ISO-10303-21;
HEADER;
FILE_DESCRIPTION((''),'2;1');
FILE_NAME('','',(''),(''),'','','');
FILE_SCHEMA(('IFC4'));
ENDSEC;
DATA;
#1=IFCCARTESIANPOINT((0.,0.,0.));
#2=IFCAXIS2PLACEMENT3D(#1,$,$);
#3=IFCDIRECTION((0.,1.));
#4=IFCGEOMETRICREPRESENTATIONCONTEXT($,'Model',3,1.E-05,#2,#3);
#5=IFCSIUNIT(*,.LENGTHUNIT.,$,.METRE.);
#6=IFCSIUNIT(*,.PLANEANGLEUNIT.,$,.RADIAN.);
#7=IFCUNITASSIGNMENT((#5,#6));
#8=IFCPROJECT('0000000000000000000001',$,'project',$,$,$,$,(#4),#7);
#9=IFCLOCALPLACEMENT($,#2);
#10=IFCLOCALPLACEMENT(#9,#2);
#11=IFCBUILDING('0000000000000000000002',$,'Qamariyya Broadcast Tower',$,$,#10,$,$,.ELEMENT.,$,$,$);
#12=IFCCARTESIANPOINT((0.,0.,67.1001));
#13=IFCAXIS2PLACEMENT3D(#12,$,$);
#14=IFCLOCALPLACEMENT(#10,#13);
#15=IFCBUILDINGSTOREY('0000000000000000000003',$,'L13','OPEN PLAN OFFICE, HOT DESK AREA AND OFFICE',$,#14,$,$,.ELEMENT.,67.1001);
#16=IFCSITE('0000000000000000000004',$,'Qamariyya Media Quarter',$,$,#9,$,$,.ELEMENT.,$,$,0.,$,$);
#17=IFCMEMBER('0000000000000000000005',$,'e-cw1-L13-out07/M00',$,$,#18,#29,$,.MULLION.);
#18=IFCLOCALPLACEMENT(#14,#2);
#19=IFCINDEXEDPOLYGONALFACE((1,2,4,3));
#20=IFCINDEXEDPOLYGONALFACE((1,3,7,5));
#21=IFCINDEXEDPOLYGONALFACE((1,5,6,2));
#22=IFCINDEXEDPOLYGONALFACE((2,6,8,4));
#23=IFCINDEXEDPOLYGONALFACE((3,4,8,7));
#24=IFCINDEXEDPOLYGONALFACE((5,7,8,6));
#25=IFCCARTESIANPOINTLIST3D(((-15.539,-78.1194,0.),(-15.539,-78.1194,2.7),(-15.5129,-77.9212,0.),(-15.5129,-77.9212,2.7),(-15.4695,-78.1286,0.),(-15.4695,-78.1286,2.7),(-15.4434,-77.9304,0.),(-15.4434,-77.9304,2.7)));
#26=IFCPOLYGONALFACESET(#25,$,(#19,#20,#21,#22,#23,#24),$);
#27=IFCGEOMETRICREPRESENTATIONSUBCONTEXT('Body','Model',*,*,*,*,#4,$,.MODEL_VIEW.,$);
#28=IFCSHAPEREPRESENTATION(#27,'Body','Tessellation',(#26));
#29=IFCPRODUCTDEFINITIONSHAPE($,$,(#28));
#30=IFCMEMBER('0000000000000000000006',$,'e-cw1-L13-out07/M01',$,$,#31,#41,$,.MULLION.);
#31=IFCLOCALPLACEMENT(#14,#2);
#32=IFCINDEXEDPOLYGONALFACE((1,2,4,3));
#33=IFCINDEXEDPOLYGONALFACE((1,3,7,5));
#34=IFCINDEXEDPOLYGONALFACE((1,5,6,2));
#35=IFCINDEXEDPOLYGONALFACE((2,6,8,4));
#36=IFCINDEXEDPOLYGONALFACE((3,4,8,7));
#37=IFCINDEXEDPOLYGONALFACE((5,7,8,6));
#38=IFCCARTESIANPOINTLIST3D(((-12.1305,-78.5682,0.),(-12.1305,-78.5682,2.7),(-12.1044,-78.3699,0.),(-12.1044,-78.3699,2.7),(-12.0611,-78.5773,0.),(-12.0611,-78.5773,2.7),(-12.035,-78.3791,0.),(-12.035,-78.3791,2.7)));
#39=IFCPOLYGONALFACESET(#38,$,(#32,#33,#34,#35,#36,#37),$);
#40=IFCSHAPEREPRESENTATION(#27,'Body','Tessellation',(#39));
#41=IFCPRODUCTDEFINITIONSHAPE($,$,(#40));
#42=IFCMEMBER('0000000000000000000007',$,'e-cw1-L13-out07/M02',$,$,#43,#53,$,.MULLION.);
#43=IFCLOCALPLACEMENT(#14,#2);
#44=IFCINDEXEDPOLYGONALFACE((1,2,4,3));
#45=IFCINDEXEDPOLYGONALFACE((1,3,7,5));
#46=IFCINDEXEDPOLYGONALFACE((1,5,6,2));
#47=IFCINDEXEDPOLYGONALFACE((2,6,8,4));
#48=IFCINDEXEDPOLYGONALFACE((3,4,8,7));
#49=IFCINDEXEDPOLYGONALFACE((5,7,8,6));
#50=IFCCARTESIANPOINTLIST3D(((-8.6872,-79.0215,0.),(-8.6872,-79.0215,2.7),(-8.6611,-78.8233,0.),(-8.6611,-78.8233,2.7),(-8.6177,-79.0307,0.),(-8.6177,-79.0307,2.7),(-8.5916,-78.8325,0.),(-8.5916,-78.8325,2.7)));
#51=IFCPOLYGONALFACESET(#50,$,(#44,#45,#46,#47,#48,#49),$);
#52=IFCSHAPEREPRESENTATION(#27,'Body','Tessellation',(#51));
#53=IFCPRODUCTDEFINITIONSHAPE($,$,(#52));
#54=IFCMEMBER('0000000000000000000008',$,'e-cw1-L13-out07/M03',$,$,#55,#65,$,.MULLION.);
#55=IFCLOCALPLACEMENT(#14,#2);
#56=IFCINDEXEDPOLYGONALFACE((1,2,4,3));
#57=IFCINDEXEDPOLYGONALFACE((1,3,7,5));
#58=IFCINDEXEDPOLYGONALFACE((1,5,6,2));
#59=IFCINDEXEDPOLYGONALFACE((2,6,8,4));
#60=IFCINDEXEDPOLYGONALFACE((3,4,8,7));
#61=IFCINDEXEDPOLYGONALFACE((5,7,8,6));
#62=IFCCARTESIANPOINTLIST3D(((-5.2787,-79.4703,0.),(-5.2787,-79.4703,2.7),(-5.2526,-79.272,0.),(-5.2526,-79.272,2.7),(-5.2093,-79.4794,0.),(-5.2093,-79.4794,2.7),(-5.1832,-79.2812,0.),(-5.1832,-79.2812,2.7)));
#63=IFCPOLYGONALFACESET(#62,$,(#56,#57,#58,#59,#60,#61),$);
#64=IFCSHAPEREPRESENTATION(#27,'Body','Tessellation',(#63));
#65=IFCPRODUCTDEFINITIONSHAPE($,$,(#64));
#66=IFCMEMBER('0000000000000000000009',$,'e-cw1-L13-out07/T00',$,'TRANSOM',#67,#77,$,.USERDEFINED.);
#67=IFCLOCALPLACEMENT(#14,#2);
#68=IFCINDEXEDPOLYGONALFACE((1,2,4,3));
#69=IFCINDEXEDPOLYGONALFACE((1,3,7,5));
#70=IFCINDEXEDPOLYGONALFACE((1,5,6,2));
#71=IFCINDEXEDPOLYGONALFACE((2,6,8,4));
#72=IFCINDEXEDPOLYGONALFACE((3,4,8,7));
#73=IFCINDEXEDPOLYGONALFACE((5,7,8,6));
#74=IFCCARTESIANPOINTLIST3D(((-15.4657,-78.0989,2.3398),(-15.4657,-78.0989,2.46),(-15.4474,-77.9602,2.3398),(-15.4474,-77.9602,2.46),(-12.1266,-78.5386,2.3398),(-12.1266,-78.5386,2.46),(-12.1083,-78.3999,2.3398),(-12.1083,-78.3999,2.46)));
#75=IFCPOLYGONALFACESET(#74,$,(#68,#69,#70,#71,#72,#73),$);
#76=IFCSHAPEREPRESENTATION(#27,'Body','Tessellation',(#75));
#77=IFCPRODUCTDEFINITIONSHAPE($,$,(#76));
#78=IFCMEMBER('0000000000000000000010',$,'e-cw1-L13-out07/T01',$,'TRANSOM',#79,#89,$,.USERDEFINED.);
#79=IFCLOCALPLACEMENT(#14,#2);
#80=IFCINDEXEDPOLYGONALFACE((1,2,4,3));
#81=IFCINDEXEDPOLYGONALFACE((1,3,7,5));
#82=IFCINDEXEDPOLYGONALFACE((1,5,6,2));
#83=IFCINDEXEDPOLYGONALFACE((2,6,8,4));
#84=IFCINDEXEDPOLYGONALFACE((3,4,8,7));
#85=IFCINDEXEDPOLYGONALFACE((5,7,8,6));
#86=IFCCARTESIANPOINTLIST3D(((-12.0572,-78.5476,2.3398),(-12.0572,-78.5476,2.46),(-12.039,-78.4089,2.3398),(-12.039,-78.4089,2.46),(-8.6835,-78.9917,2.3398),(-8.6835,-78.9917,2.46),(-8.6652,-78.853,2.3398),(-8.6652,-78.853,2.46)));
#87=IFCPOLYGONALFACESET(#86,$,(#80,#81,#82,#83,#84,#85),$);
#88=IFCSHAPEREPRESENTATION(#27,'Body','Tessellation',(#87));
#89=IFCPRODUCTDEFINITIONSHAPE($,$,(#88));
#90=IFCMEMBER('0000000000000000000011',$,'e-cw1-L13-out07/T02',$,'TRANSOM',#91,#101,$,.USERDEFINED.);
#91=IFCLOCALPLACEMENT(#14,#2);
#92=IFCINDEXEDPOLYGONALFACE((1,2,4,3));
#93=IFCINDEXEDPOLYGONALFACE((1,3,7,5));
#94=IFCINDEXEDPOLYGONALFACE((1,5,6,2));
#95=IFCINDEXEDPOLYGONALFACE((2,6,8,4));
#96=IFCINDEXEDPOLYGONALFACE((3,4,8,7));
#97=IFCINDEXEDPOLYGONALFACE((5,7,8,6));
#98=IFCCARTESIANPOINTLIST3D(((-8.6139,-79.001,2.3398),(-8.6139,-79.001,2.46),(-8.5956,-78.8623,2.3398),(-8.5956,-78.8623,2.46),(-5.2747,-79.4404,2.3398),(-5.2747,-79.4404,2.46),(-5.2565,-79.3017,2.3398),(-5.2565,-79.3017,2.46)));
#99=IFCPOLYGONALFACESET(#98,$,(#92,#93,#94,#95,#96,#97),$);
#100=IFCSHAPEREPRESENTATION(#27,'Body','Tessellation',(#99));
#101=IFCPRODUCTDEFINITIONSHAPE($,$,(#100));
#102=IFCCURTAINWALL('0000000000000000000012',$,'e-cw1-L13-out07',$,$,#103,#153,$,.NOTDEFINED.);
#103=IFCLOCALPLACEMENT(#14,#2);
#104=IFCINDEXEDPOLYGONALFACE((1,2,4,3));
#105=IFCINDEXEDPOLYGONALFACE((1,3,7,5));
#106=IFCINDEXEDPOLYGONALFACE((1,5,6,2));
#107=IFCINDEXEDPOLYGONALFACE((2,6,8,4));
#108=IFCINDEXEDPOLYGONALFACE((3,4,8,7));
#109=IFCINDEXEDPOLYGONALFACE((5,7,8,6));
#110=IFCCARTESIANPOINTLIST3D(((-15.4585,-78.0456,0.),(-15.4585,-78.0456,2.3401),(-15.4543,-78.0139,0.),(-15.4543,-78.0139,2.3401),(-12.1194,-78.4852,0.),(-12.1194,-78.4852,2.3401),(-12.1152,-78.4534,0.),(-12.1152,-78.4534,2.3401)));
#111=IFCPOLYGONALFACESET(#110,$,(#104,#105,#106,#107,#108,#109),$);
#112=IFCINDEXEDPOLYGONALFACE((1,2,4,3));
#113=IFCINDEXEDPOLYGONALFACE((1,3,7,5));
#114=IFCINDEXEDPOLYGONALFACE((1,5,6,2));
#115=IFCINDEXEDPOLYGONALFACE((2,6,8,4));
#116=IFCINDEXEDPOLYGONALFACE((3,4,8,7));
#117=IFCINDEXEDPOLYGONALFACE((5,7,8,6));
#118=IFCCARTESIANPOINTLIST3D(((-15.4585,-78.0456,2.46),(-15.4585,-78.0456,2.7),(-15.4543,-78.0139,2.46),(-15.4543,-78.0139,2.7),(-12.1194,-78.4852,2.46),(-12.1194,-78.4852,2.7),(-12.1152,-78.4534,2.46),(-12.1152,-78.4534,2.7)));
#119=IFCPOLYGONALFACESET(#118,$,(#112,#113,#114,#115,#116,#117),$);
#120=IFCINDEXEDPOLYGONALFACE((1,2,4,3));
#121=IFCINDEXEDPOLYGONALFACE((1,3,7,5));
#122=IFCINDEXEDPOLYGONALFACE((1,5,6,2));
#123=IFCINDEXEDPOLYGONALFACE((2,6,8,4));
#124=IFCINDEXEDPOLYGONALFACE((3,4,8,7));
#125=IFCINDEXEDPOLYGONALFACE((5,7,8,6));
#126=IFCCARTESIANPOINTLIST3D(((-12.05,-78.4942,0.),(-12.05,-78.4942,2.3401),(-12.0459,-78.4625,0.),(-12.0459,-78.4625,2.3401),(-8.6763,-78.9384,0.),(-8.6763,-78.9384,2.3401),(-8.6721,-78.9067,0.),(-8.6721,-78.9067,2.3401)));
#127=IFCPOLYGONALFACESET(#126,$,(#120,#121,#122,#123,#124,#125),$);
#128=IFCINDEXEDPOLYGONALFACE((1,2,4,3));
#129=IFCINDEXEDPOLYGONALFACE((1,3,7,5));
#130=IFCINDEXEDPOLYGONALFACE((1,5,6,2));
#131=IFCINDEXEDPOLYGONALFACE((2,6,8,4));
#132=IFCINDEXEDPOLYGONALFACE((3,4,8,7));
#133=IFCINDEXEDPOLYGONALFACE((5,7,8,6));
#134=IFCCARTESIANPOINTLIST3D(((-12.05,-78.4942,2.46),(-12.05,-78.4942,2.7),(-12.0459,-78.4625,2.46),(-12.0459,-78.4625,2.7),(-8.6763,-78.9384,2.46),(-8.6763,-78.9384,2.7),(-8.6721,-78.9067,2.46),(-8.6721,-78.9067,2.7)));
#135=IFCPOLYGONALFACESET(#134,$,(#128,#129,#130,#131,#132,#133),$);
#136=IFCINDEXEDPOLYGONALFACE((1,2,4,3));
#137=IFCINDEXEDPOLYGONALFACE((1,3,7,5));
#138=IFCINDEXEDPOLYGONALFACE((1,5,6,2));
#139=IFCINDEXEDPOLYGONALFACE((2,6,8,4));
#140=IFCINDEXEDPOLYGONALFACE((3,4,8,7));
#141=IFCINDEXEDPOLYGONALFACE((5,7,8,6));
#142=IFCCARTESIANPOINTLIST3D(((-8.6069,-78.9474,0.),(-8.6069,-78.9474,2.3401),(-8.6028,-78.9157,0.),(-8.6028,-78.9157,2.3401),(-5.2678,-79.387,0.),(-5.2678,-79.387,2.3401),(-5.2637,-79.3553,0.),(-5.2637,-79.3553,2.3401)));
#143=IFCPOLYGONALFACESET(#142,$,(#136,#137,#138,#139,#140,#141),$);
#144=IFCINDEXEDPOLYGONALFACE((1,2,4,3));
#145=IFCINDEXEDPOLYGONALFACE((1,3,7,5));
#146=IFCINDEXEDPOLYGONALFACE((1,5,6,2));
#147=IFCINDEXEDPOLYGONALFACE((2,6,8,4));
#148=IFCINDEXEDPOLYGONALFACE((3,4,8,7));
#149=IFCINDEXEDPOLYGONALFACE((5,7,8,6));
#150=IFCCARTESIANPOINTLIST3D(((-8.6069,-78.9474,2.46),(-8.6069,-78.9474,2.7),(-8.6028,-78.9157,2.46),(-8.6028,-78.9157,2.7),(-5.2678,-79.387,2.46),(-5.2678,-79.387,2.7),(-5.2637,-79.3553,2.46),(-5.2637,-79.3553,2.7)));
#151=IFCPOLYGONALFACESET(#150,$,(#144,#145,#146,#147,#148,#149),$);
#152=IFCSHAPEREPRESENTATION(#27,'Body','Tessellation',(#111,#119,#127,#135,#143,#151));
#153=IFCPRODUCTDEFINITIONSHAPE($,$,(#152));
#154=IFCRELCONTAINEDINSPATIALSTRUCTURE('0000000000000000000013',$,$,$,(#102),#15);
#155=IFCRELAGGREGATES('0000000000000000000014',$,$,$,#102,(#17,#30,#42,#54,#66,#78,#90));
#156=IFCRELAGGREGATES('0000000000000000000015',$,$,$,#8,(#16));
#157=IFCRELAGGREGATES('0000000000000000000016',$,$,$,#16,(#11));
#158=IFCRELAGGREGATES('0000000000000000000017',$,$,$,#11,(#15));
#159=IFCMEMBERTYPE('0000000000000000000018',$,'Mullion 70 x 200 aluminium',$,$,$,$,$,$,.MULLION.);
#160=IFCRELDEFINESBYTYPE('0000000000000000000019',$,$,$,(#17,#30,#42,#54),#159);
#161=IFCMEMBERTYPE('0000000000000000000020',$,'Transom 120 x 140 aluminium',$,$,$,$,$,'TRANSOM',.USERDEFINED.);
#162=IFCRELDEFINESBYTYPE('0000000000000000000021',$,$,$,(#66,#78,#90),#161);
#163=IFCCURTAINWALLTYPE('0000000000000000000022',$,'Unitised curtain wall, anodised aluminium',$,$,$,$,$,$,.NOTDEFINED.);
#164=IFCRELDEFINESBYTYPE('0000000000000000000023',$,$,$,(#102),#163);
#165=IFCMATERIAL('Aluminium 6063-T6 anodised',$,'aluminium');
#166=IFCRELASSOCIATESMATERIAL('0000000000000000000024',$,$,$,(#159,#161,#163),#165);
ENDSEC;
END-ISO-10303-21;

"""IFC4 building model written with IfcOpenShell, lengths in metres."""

from ifc_helpers import new_model, si_unit, direction, frame, origin, origin_2d, place, context, subcontext, project, spatial, rectangle, extrude, material, material_profile, profile_set, type_object, element, aggregate, save


model = new_model("IFC4")

# Units and contexts
model_context = context("Model", 3, precision=1e-05, world=origin(), true_north=direction((0.0, 1.0)))
body_context = subcontext(model_context, "Body", "Model", "MODEL_VIEW")
ifc_project = project(units=[si_unit("LENGTHUNIT", "METRE"), si_unit("PLANEANGLEUNIT", "RADIAN")], contexts=[model_context])

# Members
ifc_material = material(Name="Aluminium 6063-T6 anodised", Category="aluminium")
ifc_material_profile_1 = material_profile(ifc_material, rectangle(XDim=0.2, YDim=0.0701, at=origin_2d()))
ifc_profile_set_1 = profile_set([ifc_material_profile_1], Name="Aluminium 6063-T6 anodised")
member_type_1 = type_object("IfcMemberType", Name="Mullion 70 x 200 aluminium", PredefinedType="MULLION", material=ifc_profile_set_1)
site_placement = place(None, origin())
building_placement = place(site_placement, origin())
storey_placement = place(building_placement, frame((0.0, 0.0, 67.1001)))
member_1_placement = place(storey_placement, frame((-15.4912, -78.0249, 0.0), z_axis=(0.0, 0.0, 1.0), x_axis=(0.130526, 0.991445, 0.0)))
member_1 = element("IfcMember", 1, at=member_1_placement, type_object=member_type_1, Name="e-cw1-L13-out07/M00", PredefinedType="MULLION", context=body_context, shape_type="SweptSolid", body=[
    extrude(rectangle(XDim=0.2, YDim=0.0701, at=origin_2d()), origin(), (0.0, 0.0, 1.0), 2.7),
])
member_2_placement = place(storey_placement, frame((-12.0828, -78.4736, 0.0), z_axis=(0.0, 0.0, 1.0), x_axis=(0.130526, 0.991445, 0.0)))
member_2 = element("IfcMember", 2, at=member_2_placement, type_object=member_type_1, Name="e-cw1-L13-out07/M01", PredefinedType="MULLION", context=body_context, shape_type="SweptSolid", body=[
    extrude(rectangle(XDim=0.2, YDim=0.0701, at=origin_2d()), origin(), (0.0, 0.0, 1.0), 2.7),
])
member_3_placement = place(storey_placement, frame((-8.6394, -78.927, 0.0), z_axis=(0.0, 0.0, 1.0), x_axis=(0.130526, 0.991445, 0.0)))
member_3 = element("IfcMember", 3, at=member_3_placement, type_object=member_type_1, Name="e-cw1-L13-out07/M02", PredefinedType="MULLION", context=body_context, shape_type="SweptSolid", body=[
    extrude(rectangle(XDim=0.2, YDim=0.0701, at=origin_2d()), origin(), (0.0, 0.0, 1.0), 2.7),
])
member_4_placement = place(storey_placement, frame((-5.231, -79.3757, 0.0), z_axis=(0.0, 0.0, 1.0), x_axis=(0.130526, 0.991445, 0.0)))
member_4 = element("IfcMember", 4, at=member_4_placement, type_object=member_type_1, Name="e-cw1-L13-out07/M03", PredefinedType="MULLION", context=body_context, shape_type="SweptSolid", body=[
    extrude(rectangle(XDim=0.2, YDim=0.0701, at=origin_2d()), origin(), (0.0, 0.0, 1.0), 2.7),
])
ifc_material_profile_2 = material_profile(ifc_material, rectangle(XDim=0.1399, YDim=0.1201, at=origin_2d()))
ifc_profile_set_2 = profile_set([ifc_material_profile_2], Name="Aluminium 6063-T6 anodised")
member_type_2 = type_object("IfcMemberType", Name="Transom 120 x 140 aluminium", ElementType="TRANSOM", PredefinedType="USERDEFINED", material=ifc_profile_set_2)
member_5_placement = place(storey_placement, frame((-15.4565, -78.0295, 2.3999), z_axis=(0.991441, -0.130554, 0.0), x_axis=(0.130554, 0.991441, 0.0)))
member_5 = element("IfcMember", 5, at=member_5_placement, type_object=member_type_2, Name="e-cw1-L13-out07/T00", ObjectType="TRANSOM", PredefinedType="USERDEFINED", context=body_context, shape_type="SweptSolid", body=[
    extrude(rectangle(XDim=0.1399, YDim=0.1201, at=origin_2d()), origin(), (0.0, 0.0, 1.0), 3.3679),
])
member_6_placement = place(storey_placement, frame((-12.0481, -78.4783, 2.3999), z_axis=(0.991448, -0.130505, 0.0), x_axis=(0.130505, 0.991448, 0.0)))
member_6 = element("IfcMember", 6, at=member_6_placement, type_object=member_type_2, Name="e-cw1-L13-out07/T01", ObjectType="TRANSOM", PredefinedType="USERDEFINED", context=body_context, shape_type="SweptSolid", body=[
    extrude(rectangle(XDim=0.1399, YDim=0.1201, at=origin_2d()), origin(), (0.0, 0.0, 1.0), 3.4028),
])
member_7_placement = place(storey_placement, frame((-8.6047, -78.9316, 2.3999), z_axis=(0.991451, -0.130483, 0.0), x_axis=(0.130483, 0.991451, 0.0)))
member_7 = element("IfcMember", 7, at=member_7_placement, type_object=member_type_2, Name="e-cw1-L13-out07/T02", ObjectType="TRANSOM", PredefinedType="USERDEFINED", context=body_context, shape_type="SweptSolid", body=[
    extrude(rectangle(XDim=0.1399, YDim=0.1201, at=origin_2d()), origin(), (0.0, 0.0, 1.0), 3.3679),
])

# Site, building, storey
site = spatial("IfcSite", under=ifc_project, at=site_placement, Name="Qamariyya Media Quarter", CompositionType="ELEMENT", RefElevation=0.0)
building = spatial("IfcBuilding", under=site, at=building_placement, Name="Qamariyya Broadcast Tower", CompositionType="ELEMENT")
storey = spatial("IfcBuildingStorey", under=building, at=storey_placement, Name="L13", Description="OPEN PLAN OFFICE, HOT DESK AREA AND OFFICE", CompositionType="ELEMENT", Elevation=67.1001)

# Curtain wall
curtain_wall_type = type_object("IfcCurtainWallType", Name="Unitised curtain wall, anodised aluminium", PredefinedType="NOTDEFINED", material=ifc_material)
curtain_wall_1_placement = place(storey_placement, origin())
curtain_wall_1 = element("IfcCurtainWall", 8, at=curtain_wall_1_placement, inside=storey, type_object=curtain_wall_type, Name="e-cw1-L13-out07", PredefinedType="NOTDEFINED", context=body_context, shape_type="SweptSolid", body=[
    extrude(rectangle(XDim=3.3679, YDim=0.032, at=origin_2d()), frame((-13.7869, -78.2495, 0.0), x_axis=(0.991446, -0.130521, 0.0)), (0.0, 0.0, 1.0), 2.3401),
    extrude(rectangle(XDim=3.3679, YDim=0.032, at=origin_2d()), frame((-13.7869, -78.2495, 2.46), x_axis=(0.991446, -0.130521, 0.0)), (0.0, 0.0, 1.0), 0.24),
    extrude(rectangle(XDim=3.4028, YDim=0.032, at=origin_2d()), frame((-10.3611, -78.7004, 0.0), x_axis=(0.991446, -0.130521, 0.0)), (0.0, 0.0, 1.0), 2.3401),
    extrude(rectangle(XDim=3.4028, YDim=0.032, at=origin_2d()), frame((-10.3611, -78.7004, 2.46), x_axis=(0.991446, -0.130521, 0.0)), (0.0, 0.0, 1.0), 0.24),
    extrude(rectangle(XDim=3.3679, YDim=0.032, at=origin_2d()), frame((-6.9353, -79.1514, 0.0), x_axis=(0.991446, -0.130521, 0.0)), (0.0, 0.0, 1.0), 2.3401),
    extrude(rectangle(XDim=3.3679, YDim=0.032, at=origin_2d()), frame((-6.9353, -79.1514, 2.46), x_axis=(0.991446, -0.130521, 0.0)), (0.0, 0.0, 1.0), 0.24),
])
aggregate(curtain_wall_1, [member_1, member_2, member_3, member_4, member_5, member_6, member_7])

save(model, "model.ifc")
